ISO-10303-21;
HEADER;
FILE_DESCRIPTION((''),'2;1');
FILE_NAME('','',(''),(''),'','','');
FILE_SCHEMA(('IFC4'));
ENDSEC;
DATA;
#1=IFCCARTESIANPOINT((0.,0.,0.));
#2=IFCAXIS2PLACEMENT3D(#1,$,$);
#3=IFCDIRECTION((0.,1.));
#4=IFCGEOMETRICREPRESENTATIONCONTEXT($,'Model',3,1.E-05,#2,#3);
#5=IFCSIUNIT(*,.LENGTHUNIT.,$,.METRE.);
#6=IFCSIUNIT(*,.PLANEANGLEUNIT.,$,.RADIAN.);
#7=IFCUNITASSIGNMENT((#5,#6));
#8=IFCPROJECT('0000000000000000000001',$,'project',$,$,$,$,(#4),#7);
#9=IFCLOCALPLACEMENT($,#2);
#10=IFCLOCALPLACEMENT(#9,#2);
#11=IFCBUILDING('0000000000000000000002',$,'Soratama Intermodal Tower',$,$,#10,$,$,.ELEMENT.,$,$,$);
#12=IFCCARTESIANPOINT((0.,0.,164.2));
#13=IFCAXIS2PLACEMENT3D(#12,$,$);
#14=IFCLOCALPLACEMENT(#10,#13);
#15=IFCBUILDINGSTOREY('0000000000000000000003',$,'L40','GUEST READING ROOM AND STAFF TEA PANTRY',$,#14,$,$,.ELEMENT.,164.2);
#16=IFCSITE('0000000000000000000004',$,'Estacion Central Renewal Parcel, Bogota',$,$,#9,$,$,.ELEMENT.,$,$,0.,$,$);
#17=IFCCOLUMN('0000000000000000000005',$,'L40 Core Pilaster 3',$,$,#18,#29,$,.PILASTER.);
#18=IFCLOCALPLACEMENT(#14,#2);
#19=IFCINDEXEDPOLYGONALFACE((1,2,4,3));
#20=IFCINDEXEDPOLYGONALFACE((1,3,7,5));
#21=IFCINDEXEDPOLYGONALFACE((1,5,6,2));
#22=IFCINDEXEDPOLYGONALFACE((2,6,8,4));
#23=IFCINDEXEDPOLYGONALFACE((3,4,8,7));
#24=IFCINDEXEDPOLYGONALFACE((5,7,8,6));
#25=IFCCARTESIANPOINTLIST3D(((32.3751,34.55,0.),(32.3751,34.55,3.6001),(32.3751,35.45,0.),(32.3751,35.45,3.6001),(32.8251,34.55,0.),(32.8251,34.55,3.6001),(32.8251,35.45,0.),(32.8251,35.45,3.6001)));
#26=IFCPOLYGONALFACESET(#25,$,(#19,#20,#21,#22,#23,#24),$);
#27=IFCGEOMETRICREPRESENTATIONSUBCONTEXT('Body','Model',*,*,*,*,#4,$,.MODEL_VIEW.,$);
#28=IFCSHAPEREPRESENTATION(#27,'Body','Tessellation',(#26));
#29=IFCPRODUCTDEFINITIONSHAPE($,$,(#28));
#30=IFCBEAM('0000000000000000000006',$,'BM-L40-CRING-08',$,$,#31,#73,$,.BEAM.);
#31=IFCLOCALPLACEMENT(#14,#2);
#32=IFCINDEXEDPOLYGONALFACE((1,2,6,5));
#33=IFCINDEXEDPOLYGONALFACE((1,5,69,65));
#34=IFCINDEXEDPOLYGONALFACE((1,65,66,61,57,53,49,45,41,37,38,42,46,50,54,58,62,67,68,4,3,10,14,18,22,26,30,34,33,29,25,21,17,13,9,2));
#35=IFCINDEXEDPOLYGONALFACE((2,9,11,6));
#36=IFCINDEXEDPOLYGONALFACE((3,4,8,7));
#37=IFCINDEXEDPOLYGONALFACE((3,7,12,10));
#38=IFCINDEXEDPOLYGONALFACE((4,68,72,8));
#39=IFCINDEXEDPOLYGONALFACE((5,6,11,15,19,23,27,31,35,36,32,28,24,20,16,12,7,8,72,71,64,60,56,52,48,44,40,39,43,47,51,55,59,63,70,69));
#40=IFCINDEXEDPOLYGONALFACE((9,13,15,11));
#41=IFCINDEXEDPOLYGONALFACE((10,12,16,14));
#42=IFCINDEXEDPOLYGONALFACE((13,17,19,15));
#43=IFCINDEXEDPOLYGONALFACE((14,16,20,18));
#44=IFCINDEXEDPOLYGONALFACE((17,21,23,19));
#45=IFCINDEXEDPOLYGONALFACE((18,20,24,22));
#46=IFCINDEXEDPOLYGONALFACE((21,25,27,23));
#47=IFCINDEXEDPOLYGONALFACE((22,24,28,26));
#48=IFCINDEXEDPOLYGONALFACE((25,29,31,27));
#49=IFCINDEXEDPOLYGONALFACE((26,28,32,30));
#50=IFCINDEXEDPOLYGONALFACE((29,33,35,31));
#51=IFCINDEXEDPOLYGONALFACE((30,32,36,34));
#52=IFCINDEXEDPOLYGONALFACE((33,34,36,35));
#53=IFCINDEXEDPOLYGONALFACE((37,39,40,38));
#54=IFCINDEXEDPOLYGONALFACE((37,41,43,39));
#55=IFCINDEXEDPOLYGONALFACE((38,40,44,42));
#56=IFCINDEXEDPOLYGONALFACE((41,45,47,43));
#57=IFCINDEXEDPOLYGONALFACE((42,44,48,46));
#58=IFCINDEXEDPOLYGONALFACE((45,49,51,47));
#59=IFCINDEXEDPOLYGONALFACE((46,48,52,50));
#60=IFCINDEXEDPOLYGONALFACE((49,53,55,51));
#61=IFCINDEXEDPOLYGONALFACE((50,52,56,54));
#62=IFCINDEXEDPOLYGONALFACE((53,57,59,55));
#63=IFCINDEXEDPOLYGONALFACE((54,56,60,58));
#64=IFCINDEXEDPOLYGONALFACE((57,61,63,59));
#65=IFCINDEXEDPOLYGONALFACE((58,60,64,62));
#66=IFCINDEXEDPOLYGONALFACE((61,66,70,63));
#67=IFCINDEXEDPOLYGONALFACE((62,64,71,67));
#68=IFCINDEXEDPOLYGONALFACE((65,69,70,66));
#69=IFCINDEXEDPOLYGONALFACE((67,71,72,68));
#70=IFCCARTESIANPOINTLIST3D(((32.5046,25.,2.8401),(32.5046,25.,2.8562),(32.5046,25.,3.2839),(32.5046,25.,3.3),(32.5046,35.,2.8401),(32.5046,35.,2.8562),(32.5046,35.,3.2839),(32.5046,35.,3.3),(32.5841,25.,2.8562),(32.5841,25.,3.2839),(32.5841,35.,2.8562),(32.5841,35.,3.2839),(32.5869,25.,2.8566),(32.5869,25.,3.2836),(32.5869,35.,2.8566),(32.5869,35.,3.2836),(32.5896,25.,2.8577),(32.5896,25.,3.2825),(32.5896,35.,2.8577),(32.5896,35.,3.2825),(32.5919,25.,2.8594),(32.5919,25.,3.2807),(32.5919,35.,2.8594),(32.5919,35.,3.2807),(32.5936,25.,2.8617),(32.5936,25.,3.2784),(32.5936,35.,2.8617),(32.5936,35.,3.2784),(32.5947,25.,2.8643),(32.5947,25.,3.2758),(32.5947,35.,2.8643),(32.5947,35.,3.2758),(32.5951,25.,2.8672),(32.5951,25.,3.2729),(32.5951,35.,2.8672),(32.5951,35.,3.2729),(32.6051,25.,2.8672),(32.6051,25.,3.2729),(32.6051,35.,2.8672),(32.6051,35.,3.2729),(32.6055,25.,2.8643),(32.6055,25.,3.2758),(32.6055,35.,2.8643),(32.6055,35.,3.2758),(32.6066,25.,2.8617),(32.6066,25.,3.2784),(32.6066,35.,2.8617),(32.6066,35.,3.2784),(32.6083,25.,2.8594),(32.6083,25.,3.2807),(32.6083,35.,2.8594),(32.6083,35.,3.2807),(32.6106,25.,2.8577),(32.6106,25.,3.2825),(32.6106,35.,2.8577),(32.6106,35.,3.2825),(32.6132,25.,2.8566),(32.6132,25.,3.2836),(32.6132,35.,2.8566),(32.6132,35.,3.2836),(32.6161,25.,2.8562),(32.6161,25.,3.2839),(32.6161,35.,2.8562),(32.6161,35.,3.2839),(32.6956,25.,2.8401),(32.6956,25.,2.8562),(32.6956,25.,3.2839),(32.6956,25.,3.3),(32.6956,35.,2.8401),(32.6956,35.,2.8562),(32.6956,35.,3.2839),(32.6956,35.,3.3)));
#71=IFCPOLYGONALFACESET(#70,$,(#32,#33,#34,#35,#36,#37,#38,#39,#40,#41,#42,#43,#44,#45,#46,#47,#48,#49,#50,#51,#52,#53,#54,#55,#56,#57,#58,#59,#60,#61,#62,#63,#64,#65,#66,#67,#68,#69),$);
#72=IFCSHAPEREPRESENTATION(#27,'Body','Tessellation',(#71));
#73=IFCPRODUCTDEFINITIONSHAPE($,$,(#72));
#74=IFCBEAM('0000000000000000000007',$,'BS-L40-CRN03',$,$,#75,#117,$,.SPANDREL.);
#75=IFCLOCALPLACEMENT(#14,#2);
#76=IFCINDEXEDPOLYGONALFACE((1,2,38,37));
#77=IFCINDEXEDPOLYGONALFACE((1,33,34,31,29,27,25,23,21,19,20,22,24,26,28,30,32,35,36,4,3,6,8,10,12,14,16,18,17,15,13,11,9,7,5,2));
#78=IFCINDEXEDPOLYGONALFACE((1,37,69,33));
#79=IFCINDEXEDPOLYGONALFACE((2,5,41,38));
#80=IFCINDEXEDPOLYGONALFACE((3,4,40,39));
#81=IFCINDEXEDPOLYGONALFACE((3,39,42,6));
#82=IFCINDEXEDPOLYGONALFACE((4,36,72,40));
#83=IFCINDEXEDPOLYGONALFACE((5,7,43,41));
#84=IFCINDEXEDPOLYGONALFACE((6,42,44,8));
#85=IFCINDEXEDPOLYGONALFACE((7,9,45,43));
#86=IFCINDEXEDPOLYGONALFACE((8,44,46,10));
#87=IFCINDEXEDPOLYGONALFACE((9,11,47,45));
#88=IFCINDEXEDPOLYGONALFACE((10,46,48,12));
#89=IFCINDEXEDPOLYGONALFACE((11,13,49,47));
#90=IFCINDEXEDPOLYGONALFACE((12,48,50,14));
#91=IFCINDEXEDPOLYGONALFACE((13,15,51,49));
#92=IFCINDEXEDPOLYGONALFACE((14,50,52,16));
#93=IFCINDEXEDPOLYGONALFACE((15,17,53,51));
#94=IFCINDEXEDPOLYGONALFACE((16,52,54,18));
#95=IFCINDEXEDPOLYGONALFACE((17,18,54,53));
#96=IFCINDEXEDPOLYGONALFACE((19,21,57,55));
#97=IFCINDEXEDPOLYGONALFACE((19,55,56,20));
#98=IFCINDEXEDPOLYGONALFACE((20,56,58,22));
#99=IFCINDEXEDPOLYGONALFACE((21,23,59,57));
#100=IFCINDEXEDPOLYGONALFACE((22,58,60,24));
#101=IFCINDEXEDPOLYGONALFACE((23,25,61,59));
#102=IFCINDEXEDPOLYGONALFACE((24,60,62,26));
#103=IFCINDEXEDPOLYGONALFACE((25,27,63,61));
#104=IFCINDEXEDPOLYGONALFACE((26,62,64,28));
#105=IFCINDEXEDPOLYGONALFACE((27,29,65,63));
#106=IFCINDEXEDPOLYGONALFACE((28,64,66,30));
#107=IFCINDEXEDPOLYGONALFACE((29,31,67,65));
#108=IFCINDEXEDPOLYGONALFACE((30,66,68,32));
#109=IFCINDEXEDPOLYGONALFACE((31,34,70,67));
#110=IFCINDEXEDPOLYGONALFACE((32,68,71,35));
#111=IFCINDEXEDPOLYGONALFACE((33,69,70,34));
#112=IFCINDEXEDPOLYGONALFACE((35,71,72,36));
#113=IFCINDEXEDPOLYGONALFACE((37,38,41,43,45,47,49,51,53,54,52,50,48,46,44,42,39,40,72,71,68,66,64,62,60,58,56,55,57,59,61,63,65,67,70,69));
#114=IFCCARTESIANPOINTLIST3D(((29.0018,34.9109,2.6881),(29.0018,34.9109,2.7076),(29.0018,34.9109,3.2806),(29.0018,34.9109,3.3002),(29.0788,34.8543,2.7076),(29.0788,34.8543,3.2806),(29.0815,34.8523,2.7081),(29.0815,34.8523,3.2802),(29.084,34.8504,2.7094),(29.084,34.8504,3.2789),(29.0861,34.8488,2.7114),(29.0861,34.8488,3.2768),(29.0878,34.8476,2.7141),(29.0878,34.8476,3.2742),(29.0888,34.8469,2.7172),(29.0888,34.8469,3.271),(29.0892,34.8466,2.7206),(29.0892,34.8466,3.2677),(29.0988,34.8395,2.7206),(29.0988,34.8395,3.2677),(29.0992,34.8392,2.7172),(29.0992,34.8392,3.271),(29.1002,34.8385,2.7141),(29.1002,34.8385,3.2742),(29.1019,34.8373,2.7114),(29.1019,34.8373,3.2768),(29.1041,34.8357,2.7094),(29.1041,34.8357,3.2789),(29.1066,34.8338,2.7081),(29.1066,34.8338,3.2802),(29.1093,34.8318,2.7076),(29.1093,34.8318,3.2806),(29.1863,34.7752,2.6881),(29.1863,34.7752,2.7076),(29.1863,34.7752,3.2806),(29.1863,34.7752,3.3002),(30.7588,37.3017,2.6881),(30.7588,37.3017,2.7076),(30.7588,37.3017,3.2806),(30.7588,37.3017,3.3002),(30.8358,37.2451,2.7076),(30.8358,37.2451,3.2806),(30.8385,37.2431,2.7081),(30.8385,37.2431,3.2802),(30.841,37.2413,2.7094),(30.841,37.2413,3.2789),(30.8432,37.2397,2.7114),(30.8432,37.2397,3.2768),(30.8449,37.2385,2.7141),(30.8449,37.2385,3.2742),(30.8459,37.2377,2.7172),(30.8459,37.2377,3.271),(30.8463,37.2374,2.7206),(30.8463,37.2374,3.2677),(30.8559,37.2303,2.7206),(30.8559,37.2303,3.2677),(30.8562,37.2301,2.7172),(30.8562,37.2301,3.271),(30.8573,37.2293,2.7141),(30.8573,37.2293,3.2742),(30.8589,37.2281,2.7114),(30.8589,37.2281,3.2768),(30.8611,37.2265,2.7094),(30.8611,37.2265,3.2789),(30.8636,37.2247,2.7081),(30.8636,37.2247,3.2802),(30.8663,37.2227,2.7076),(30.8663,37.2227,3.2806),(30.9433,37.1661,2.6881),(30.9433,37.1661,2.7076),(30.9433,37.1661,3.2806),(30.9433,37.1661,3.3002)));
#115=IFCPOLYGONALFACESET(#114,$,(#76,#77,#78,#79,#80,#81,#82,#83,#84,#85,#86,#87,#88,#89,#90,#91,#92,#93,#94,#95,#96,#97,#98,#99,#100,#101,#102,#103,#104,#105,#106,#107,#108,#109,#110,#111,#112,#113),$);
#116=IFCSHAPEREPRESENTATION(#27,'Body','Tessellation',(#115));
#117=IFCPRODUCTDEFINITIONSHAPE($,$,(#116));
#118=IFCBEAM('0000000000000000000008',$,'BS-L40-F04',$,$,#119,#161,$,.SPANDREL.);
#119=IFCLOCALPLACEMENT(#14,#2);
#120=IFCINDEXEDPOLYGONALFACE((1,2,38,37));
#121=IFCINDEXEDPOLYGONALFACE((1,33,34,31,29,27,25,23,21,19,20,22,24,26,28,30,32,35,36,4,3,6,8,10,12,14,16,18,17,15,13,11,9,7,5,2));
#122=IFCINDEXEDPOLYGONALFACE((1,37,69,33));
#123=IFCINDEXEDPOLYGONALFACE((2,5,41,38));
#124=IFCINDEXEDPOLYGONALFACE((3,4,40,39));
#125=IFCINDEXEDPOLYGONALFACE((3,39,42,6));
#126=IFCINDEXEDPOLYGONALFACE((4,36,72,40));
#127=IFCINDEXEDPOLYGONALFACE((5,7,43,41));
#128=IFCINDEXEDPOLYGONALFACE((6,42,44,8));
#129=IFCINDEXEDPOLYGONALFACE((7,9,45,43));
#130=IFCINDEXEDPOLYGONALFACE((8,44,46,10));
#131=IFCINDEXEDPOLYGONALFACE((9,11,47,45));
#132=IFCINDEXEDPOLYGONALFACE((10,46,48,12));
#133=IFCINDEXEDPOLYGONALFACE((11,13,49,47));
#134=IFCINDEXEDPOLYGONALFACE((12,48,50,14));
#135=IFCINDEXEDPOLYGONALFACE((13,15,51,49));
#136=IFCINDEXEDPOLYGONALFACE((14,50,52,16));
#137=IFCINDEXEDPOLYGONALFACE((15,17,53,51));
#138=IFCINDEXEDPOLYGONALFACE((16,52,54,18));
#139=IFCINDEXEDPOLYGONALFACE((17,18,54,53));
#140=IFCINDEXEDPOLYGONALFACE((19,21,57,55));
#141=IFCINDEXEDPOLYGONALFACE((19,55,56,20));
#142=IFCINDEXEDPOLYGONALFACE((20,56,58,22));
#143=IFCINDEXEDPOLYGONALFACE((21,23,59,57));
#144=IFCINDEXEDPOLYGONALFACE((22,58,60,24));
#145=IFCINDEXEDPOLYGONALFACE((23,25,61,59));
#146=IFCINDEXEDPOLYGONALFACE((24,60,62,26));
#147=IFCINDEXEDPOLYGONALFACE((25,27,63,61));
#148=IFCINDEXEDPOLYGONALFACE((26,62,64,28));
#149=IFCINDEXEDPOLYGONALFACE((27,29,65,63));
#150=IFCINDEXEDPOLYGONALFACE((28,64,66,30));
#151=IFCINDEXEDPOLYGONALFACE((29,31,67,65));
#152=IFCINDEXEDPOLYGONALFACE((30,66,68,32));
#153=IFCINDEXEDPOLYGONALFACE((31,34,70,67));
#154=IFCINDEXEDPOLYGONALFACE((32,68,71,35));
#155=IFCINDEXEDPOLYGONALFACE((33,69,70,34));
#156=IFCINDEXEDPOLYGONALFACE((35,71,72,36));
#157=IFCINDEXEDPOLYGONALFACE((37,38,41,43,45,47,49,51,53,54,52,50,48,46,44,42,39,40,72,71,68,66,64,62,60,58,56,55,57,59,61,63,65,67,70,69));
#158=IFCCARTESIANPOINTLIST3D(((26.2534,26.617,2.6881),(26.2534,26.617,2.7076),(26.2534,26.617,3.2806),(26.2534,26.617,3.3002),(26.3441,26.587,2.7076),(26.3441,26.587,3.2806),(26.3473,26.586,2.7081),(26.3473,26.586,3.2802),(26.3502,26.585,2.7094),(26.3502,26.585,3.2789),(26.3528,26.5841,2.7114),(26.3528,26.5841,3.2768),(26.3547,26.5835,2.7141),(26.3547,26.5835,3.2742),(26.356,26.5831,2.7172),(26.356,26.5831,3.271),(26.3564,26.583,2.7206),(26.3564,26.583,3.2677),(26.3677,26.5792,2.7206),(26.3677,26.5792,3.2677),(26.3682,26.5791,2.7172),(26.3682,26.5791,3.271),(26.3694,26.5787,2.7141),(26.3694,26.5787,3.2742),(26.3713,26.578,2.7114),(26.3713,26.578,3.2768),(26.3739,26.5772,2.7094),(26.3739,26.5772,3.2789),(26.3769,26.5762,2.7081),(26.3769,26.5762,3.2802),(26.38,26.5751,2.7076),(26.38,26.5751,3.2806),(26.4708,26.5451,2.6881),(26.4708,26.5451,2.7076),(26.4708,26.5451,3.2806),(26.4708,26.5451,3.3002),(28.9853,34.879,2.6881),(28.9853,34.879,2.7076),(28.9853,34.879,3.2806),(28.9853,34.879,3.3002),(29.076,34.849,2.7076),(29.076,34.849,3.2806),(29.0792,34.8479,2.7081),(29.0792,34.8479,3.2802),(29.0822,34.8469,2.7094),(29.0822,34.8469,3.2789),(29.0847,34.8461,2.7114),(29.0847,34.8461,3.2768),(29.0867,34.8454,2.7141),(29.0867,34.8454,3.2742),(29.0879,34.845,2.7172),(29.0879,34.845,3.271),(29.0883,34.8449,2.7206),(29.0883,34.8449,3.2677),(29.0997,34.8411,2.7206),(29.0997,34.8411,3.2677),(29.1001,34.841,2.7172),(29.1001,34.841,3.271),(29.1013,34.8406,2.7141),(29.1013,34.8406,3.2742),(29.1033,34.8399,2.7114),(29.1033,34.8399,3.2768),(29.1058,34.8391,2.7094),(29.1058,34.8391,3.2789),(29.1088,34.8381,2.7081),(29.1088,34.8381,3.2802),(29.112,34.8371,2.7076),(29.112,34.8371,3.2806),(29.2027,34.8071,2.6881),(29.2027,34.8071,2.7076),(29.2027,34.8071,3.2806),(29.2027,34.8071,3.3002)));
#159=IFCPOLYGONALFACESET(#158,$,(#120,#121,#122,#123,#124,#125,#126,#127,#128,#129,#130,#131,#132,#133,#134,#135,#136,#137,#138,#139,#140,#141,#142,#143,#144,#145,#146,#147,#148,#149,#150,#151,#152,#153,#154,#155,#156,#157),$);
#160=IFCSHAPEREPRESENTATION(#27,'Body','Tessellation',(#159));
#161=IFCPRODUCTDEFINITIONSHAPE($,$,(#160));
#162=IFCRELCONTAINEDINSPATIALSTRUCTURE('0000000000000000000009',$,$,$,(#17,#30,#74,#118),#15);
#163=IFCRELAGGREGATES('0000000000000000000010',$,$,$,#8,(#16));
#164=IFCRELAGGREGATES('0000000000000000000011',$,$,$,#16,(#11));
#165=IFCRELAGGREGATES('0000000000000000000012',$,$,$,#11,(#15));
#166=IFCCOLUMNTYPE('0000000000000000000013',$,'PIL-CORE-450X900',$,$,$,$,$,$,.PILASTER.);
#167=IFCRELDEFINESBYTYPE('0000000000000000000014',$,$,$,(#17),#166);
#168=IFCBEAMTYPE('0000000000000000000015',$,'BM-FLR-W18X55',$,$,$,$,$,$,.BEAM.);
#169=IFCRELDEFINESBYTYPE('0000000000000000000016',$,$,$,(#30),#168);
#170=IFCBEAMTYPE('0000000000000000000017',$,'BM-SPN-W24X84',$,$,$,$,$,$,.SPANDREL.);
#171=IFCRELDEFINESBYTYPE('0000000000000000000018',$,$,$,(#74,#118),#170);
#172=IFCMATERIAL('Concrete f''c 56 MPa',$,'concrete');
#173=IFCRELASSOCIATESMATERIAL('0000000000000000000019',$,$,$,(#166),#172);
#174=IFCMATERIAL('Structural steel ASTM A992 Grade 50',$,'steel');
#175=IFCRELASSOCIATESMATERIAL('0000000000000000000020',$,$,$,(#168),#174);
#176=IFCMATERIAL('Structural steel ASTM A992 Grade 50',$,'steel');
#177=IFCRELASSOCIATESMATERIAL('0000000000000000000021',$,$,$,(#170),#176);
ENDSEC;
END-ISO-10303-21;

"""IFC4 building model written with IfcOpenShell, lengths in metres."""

from ifc_helpers import new_model, si_unit, direction, frame, origin, origin_2d, place, context, subcontext, project, spatial, rectangle, i_section, extrude, material, material_profile, profile_set, type_object, element, save


model = new_model("IFC4")

# Units and contexts
model_context = context("Model", 3, precision=1e-05, world=origin(), true_north=direction((0.0, 1.0)))
body_context = subcontext(model_context, "Body", "Model", "MODEL_VIEW")
ifc_project = project(units=[si_unit("LENGTHUNIT", "METRE"), si_unit("PLANEANGLEUNIT", "RADIAN")], contexts=[model_context])

# Site, building, storey
site_placement = place(None, origin())
site = spatial("IfcSite", under=ifc_project, at=site_placement, Name="Estacion Central Renewal Parcel, Bogota", CompositionType="ELEMENT", RefElevation=0.0)
building_placement = place(site_placement, origin())
building = spatial("IfcBuilding", under=site, at=building_placement, Name="Soratama Intermodal Tower", CompositionType="ELEMENT")
storey_placement = place(building_placement, frame((0.0, 0.0, 164.2)))
storey = spatial("IfcBuildingStorey", under=building, at=storey_placement, Name="L40", Description="GUEST READING ROOM AND STAFF TEA PANTRY", CompositionType="ELEMENT", Elevation=164.2)

# Column
ifc_material_1 = material(Name="Concrete f'c 56 MPa", Category="concrete")
ifc_material_profile_1 = material_profile(ifc_material_1, rectangle(XDim=0.45, YDim=0.8999, at=origin_2d()), Name="RC450X900")
ifc_profile_set_1 = profile_set([ifc_material_profile_1], Name="Concrete f'c 56 MPa")
column_type = type_object("IfcColumnType", Name="PIL-CORE-450X900", PredefinedType="PILASTER", material=ifc_profile_set_1)
column_placement = place(storey_placement, frame((32.6001, 35.0, 0.0), z_axis=(0.0, 0.0, 1.0), x_axis=(1.0, 0.0, 0.0)))
element("IfcColumn", 1, at=column_placement, inside=storey, type_object=column_type, Name="L40 Core Pilaster 3", PredefinedType="PILASTER", context=body_context, shape_type="SweptSolid", body=[
    extrude(rectangle(XDim=0.45, YDim=0.8999, at=origin_2d()), origin(), (0.0, 0.0, 1.0), 3.6001),
])

# Beams
ifc_material_2 = material(Name="Structural steel ASTM A992 Grade 50", Category="steel")
ifc_material_profile_2 = material_profile(ifc_material_2, i_section(OverallWidth=0.1909, OverallDepth=0.46, WebThickness=0.01, FlangeThickness=0.0161, FilletRadius=0.011, at=origin_2d()), Name="W18X55")
ifc_profile_set_2 = profile_set([ifc_material_profile_2], Name="Structural steel ASTM A992 Grade 50")
beam_type_1 = type_object("IfcBeamType", Name="BM-FLR-W18X55", PredefinedType="BEAM", material=ifc_profile_set_2)
beam_1_placement = place(storey_placement, frame((32.6001, 35.0, 3.0701), z_axis=(0.0, -1.0, 0.0), x_axis=(1.0, 0.0, 0.0)))
element("IfcBeam", 2, at=beam_1_placement, inside=storey, type_object=beam_type_1, Name="BM-L40-CRING-08", PredefinedType="BEAM", context=body_context, shape_type="SweptSolid", body=[
    extrude(i_section(OverallWidth=0.1909, OverallDepth=0.46, WebThickness=0.01, FlangeThickness=0.0161, FilletRadius=0.011, at=origin_2d()), origin(), (0.0, 0.0, 1.0), 10.0),
])
ifc_material_3 = material(Name="Structural steel ASTM A992 Grade 50", Category="steel")
ifc_material_profile_3 = material_profile(ifc_material_3, i_section(OverallWidth=0.229, OverallDepth=0.6121, WebThickness=0.012, FlangeThickness=0.0195, FilletRadius=0.0129, at=origin_2d()), Name="W24X84")
ifc_profile_set_3 = profile_set([ifc_material_profile_3], Name="Structural steel ASTM A992 Grade 50")
beam_type_2 = type_object("IfcBeamType", Name="BM-SPN-W24X84", PredefinedType="SPANDREL", material=ifc_profile_set_3)
beam_2_placement = place(storey_placement, frame((30.8511, 37.2339, 2.9941), z_axis=(-0.592191, -0.805798, 0.0), x_axis=(0.805798, -0.592191, 0.0)))
element("IfcBeam", 3, at=beam_2_placement, inside=storey, type_object=beam_type_2, Name="BS-L40-CRN03", PredefinedType="SPANDREL", context=body_context, shape_type="SweptSolid", body=[
    extrude(i_section(OverallWidth=0.229, OverallDepth=0.6121, WebThickness=0.012, FlangeThickness=0.0195, FilletRadius=0.0129, at=origin_2d()), origin(), (0.0, 0.0, 1.0), 2.967),
])
beam_3_placement = place(storey_placement, frame((29.094, 34.843, 2.9941), z_axis=(-0.313946, -0.949441, 0.0), x_axis=(0.949441, -0.313946, 0.0)))
element("IfcBeam", 4, at=beam_3_placement, inside=storey, type_object=beam_type_2, Name="BS-L40-F04", PredefinedType="SPANDREL", context=body_context, shape_type="SweptSolid", body=[
    extrude(i_section(OverallWidth=0.229, OverallDepth=0.6121, WebThickness=0.012, FlangeThickness=0.0195, FilletRadius=0.0129, at=origin_2d()), origin(), (0.0, 0.0, 1.0), 8.7019),
])

save(model, "model.ifc")
